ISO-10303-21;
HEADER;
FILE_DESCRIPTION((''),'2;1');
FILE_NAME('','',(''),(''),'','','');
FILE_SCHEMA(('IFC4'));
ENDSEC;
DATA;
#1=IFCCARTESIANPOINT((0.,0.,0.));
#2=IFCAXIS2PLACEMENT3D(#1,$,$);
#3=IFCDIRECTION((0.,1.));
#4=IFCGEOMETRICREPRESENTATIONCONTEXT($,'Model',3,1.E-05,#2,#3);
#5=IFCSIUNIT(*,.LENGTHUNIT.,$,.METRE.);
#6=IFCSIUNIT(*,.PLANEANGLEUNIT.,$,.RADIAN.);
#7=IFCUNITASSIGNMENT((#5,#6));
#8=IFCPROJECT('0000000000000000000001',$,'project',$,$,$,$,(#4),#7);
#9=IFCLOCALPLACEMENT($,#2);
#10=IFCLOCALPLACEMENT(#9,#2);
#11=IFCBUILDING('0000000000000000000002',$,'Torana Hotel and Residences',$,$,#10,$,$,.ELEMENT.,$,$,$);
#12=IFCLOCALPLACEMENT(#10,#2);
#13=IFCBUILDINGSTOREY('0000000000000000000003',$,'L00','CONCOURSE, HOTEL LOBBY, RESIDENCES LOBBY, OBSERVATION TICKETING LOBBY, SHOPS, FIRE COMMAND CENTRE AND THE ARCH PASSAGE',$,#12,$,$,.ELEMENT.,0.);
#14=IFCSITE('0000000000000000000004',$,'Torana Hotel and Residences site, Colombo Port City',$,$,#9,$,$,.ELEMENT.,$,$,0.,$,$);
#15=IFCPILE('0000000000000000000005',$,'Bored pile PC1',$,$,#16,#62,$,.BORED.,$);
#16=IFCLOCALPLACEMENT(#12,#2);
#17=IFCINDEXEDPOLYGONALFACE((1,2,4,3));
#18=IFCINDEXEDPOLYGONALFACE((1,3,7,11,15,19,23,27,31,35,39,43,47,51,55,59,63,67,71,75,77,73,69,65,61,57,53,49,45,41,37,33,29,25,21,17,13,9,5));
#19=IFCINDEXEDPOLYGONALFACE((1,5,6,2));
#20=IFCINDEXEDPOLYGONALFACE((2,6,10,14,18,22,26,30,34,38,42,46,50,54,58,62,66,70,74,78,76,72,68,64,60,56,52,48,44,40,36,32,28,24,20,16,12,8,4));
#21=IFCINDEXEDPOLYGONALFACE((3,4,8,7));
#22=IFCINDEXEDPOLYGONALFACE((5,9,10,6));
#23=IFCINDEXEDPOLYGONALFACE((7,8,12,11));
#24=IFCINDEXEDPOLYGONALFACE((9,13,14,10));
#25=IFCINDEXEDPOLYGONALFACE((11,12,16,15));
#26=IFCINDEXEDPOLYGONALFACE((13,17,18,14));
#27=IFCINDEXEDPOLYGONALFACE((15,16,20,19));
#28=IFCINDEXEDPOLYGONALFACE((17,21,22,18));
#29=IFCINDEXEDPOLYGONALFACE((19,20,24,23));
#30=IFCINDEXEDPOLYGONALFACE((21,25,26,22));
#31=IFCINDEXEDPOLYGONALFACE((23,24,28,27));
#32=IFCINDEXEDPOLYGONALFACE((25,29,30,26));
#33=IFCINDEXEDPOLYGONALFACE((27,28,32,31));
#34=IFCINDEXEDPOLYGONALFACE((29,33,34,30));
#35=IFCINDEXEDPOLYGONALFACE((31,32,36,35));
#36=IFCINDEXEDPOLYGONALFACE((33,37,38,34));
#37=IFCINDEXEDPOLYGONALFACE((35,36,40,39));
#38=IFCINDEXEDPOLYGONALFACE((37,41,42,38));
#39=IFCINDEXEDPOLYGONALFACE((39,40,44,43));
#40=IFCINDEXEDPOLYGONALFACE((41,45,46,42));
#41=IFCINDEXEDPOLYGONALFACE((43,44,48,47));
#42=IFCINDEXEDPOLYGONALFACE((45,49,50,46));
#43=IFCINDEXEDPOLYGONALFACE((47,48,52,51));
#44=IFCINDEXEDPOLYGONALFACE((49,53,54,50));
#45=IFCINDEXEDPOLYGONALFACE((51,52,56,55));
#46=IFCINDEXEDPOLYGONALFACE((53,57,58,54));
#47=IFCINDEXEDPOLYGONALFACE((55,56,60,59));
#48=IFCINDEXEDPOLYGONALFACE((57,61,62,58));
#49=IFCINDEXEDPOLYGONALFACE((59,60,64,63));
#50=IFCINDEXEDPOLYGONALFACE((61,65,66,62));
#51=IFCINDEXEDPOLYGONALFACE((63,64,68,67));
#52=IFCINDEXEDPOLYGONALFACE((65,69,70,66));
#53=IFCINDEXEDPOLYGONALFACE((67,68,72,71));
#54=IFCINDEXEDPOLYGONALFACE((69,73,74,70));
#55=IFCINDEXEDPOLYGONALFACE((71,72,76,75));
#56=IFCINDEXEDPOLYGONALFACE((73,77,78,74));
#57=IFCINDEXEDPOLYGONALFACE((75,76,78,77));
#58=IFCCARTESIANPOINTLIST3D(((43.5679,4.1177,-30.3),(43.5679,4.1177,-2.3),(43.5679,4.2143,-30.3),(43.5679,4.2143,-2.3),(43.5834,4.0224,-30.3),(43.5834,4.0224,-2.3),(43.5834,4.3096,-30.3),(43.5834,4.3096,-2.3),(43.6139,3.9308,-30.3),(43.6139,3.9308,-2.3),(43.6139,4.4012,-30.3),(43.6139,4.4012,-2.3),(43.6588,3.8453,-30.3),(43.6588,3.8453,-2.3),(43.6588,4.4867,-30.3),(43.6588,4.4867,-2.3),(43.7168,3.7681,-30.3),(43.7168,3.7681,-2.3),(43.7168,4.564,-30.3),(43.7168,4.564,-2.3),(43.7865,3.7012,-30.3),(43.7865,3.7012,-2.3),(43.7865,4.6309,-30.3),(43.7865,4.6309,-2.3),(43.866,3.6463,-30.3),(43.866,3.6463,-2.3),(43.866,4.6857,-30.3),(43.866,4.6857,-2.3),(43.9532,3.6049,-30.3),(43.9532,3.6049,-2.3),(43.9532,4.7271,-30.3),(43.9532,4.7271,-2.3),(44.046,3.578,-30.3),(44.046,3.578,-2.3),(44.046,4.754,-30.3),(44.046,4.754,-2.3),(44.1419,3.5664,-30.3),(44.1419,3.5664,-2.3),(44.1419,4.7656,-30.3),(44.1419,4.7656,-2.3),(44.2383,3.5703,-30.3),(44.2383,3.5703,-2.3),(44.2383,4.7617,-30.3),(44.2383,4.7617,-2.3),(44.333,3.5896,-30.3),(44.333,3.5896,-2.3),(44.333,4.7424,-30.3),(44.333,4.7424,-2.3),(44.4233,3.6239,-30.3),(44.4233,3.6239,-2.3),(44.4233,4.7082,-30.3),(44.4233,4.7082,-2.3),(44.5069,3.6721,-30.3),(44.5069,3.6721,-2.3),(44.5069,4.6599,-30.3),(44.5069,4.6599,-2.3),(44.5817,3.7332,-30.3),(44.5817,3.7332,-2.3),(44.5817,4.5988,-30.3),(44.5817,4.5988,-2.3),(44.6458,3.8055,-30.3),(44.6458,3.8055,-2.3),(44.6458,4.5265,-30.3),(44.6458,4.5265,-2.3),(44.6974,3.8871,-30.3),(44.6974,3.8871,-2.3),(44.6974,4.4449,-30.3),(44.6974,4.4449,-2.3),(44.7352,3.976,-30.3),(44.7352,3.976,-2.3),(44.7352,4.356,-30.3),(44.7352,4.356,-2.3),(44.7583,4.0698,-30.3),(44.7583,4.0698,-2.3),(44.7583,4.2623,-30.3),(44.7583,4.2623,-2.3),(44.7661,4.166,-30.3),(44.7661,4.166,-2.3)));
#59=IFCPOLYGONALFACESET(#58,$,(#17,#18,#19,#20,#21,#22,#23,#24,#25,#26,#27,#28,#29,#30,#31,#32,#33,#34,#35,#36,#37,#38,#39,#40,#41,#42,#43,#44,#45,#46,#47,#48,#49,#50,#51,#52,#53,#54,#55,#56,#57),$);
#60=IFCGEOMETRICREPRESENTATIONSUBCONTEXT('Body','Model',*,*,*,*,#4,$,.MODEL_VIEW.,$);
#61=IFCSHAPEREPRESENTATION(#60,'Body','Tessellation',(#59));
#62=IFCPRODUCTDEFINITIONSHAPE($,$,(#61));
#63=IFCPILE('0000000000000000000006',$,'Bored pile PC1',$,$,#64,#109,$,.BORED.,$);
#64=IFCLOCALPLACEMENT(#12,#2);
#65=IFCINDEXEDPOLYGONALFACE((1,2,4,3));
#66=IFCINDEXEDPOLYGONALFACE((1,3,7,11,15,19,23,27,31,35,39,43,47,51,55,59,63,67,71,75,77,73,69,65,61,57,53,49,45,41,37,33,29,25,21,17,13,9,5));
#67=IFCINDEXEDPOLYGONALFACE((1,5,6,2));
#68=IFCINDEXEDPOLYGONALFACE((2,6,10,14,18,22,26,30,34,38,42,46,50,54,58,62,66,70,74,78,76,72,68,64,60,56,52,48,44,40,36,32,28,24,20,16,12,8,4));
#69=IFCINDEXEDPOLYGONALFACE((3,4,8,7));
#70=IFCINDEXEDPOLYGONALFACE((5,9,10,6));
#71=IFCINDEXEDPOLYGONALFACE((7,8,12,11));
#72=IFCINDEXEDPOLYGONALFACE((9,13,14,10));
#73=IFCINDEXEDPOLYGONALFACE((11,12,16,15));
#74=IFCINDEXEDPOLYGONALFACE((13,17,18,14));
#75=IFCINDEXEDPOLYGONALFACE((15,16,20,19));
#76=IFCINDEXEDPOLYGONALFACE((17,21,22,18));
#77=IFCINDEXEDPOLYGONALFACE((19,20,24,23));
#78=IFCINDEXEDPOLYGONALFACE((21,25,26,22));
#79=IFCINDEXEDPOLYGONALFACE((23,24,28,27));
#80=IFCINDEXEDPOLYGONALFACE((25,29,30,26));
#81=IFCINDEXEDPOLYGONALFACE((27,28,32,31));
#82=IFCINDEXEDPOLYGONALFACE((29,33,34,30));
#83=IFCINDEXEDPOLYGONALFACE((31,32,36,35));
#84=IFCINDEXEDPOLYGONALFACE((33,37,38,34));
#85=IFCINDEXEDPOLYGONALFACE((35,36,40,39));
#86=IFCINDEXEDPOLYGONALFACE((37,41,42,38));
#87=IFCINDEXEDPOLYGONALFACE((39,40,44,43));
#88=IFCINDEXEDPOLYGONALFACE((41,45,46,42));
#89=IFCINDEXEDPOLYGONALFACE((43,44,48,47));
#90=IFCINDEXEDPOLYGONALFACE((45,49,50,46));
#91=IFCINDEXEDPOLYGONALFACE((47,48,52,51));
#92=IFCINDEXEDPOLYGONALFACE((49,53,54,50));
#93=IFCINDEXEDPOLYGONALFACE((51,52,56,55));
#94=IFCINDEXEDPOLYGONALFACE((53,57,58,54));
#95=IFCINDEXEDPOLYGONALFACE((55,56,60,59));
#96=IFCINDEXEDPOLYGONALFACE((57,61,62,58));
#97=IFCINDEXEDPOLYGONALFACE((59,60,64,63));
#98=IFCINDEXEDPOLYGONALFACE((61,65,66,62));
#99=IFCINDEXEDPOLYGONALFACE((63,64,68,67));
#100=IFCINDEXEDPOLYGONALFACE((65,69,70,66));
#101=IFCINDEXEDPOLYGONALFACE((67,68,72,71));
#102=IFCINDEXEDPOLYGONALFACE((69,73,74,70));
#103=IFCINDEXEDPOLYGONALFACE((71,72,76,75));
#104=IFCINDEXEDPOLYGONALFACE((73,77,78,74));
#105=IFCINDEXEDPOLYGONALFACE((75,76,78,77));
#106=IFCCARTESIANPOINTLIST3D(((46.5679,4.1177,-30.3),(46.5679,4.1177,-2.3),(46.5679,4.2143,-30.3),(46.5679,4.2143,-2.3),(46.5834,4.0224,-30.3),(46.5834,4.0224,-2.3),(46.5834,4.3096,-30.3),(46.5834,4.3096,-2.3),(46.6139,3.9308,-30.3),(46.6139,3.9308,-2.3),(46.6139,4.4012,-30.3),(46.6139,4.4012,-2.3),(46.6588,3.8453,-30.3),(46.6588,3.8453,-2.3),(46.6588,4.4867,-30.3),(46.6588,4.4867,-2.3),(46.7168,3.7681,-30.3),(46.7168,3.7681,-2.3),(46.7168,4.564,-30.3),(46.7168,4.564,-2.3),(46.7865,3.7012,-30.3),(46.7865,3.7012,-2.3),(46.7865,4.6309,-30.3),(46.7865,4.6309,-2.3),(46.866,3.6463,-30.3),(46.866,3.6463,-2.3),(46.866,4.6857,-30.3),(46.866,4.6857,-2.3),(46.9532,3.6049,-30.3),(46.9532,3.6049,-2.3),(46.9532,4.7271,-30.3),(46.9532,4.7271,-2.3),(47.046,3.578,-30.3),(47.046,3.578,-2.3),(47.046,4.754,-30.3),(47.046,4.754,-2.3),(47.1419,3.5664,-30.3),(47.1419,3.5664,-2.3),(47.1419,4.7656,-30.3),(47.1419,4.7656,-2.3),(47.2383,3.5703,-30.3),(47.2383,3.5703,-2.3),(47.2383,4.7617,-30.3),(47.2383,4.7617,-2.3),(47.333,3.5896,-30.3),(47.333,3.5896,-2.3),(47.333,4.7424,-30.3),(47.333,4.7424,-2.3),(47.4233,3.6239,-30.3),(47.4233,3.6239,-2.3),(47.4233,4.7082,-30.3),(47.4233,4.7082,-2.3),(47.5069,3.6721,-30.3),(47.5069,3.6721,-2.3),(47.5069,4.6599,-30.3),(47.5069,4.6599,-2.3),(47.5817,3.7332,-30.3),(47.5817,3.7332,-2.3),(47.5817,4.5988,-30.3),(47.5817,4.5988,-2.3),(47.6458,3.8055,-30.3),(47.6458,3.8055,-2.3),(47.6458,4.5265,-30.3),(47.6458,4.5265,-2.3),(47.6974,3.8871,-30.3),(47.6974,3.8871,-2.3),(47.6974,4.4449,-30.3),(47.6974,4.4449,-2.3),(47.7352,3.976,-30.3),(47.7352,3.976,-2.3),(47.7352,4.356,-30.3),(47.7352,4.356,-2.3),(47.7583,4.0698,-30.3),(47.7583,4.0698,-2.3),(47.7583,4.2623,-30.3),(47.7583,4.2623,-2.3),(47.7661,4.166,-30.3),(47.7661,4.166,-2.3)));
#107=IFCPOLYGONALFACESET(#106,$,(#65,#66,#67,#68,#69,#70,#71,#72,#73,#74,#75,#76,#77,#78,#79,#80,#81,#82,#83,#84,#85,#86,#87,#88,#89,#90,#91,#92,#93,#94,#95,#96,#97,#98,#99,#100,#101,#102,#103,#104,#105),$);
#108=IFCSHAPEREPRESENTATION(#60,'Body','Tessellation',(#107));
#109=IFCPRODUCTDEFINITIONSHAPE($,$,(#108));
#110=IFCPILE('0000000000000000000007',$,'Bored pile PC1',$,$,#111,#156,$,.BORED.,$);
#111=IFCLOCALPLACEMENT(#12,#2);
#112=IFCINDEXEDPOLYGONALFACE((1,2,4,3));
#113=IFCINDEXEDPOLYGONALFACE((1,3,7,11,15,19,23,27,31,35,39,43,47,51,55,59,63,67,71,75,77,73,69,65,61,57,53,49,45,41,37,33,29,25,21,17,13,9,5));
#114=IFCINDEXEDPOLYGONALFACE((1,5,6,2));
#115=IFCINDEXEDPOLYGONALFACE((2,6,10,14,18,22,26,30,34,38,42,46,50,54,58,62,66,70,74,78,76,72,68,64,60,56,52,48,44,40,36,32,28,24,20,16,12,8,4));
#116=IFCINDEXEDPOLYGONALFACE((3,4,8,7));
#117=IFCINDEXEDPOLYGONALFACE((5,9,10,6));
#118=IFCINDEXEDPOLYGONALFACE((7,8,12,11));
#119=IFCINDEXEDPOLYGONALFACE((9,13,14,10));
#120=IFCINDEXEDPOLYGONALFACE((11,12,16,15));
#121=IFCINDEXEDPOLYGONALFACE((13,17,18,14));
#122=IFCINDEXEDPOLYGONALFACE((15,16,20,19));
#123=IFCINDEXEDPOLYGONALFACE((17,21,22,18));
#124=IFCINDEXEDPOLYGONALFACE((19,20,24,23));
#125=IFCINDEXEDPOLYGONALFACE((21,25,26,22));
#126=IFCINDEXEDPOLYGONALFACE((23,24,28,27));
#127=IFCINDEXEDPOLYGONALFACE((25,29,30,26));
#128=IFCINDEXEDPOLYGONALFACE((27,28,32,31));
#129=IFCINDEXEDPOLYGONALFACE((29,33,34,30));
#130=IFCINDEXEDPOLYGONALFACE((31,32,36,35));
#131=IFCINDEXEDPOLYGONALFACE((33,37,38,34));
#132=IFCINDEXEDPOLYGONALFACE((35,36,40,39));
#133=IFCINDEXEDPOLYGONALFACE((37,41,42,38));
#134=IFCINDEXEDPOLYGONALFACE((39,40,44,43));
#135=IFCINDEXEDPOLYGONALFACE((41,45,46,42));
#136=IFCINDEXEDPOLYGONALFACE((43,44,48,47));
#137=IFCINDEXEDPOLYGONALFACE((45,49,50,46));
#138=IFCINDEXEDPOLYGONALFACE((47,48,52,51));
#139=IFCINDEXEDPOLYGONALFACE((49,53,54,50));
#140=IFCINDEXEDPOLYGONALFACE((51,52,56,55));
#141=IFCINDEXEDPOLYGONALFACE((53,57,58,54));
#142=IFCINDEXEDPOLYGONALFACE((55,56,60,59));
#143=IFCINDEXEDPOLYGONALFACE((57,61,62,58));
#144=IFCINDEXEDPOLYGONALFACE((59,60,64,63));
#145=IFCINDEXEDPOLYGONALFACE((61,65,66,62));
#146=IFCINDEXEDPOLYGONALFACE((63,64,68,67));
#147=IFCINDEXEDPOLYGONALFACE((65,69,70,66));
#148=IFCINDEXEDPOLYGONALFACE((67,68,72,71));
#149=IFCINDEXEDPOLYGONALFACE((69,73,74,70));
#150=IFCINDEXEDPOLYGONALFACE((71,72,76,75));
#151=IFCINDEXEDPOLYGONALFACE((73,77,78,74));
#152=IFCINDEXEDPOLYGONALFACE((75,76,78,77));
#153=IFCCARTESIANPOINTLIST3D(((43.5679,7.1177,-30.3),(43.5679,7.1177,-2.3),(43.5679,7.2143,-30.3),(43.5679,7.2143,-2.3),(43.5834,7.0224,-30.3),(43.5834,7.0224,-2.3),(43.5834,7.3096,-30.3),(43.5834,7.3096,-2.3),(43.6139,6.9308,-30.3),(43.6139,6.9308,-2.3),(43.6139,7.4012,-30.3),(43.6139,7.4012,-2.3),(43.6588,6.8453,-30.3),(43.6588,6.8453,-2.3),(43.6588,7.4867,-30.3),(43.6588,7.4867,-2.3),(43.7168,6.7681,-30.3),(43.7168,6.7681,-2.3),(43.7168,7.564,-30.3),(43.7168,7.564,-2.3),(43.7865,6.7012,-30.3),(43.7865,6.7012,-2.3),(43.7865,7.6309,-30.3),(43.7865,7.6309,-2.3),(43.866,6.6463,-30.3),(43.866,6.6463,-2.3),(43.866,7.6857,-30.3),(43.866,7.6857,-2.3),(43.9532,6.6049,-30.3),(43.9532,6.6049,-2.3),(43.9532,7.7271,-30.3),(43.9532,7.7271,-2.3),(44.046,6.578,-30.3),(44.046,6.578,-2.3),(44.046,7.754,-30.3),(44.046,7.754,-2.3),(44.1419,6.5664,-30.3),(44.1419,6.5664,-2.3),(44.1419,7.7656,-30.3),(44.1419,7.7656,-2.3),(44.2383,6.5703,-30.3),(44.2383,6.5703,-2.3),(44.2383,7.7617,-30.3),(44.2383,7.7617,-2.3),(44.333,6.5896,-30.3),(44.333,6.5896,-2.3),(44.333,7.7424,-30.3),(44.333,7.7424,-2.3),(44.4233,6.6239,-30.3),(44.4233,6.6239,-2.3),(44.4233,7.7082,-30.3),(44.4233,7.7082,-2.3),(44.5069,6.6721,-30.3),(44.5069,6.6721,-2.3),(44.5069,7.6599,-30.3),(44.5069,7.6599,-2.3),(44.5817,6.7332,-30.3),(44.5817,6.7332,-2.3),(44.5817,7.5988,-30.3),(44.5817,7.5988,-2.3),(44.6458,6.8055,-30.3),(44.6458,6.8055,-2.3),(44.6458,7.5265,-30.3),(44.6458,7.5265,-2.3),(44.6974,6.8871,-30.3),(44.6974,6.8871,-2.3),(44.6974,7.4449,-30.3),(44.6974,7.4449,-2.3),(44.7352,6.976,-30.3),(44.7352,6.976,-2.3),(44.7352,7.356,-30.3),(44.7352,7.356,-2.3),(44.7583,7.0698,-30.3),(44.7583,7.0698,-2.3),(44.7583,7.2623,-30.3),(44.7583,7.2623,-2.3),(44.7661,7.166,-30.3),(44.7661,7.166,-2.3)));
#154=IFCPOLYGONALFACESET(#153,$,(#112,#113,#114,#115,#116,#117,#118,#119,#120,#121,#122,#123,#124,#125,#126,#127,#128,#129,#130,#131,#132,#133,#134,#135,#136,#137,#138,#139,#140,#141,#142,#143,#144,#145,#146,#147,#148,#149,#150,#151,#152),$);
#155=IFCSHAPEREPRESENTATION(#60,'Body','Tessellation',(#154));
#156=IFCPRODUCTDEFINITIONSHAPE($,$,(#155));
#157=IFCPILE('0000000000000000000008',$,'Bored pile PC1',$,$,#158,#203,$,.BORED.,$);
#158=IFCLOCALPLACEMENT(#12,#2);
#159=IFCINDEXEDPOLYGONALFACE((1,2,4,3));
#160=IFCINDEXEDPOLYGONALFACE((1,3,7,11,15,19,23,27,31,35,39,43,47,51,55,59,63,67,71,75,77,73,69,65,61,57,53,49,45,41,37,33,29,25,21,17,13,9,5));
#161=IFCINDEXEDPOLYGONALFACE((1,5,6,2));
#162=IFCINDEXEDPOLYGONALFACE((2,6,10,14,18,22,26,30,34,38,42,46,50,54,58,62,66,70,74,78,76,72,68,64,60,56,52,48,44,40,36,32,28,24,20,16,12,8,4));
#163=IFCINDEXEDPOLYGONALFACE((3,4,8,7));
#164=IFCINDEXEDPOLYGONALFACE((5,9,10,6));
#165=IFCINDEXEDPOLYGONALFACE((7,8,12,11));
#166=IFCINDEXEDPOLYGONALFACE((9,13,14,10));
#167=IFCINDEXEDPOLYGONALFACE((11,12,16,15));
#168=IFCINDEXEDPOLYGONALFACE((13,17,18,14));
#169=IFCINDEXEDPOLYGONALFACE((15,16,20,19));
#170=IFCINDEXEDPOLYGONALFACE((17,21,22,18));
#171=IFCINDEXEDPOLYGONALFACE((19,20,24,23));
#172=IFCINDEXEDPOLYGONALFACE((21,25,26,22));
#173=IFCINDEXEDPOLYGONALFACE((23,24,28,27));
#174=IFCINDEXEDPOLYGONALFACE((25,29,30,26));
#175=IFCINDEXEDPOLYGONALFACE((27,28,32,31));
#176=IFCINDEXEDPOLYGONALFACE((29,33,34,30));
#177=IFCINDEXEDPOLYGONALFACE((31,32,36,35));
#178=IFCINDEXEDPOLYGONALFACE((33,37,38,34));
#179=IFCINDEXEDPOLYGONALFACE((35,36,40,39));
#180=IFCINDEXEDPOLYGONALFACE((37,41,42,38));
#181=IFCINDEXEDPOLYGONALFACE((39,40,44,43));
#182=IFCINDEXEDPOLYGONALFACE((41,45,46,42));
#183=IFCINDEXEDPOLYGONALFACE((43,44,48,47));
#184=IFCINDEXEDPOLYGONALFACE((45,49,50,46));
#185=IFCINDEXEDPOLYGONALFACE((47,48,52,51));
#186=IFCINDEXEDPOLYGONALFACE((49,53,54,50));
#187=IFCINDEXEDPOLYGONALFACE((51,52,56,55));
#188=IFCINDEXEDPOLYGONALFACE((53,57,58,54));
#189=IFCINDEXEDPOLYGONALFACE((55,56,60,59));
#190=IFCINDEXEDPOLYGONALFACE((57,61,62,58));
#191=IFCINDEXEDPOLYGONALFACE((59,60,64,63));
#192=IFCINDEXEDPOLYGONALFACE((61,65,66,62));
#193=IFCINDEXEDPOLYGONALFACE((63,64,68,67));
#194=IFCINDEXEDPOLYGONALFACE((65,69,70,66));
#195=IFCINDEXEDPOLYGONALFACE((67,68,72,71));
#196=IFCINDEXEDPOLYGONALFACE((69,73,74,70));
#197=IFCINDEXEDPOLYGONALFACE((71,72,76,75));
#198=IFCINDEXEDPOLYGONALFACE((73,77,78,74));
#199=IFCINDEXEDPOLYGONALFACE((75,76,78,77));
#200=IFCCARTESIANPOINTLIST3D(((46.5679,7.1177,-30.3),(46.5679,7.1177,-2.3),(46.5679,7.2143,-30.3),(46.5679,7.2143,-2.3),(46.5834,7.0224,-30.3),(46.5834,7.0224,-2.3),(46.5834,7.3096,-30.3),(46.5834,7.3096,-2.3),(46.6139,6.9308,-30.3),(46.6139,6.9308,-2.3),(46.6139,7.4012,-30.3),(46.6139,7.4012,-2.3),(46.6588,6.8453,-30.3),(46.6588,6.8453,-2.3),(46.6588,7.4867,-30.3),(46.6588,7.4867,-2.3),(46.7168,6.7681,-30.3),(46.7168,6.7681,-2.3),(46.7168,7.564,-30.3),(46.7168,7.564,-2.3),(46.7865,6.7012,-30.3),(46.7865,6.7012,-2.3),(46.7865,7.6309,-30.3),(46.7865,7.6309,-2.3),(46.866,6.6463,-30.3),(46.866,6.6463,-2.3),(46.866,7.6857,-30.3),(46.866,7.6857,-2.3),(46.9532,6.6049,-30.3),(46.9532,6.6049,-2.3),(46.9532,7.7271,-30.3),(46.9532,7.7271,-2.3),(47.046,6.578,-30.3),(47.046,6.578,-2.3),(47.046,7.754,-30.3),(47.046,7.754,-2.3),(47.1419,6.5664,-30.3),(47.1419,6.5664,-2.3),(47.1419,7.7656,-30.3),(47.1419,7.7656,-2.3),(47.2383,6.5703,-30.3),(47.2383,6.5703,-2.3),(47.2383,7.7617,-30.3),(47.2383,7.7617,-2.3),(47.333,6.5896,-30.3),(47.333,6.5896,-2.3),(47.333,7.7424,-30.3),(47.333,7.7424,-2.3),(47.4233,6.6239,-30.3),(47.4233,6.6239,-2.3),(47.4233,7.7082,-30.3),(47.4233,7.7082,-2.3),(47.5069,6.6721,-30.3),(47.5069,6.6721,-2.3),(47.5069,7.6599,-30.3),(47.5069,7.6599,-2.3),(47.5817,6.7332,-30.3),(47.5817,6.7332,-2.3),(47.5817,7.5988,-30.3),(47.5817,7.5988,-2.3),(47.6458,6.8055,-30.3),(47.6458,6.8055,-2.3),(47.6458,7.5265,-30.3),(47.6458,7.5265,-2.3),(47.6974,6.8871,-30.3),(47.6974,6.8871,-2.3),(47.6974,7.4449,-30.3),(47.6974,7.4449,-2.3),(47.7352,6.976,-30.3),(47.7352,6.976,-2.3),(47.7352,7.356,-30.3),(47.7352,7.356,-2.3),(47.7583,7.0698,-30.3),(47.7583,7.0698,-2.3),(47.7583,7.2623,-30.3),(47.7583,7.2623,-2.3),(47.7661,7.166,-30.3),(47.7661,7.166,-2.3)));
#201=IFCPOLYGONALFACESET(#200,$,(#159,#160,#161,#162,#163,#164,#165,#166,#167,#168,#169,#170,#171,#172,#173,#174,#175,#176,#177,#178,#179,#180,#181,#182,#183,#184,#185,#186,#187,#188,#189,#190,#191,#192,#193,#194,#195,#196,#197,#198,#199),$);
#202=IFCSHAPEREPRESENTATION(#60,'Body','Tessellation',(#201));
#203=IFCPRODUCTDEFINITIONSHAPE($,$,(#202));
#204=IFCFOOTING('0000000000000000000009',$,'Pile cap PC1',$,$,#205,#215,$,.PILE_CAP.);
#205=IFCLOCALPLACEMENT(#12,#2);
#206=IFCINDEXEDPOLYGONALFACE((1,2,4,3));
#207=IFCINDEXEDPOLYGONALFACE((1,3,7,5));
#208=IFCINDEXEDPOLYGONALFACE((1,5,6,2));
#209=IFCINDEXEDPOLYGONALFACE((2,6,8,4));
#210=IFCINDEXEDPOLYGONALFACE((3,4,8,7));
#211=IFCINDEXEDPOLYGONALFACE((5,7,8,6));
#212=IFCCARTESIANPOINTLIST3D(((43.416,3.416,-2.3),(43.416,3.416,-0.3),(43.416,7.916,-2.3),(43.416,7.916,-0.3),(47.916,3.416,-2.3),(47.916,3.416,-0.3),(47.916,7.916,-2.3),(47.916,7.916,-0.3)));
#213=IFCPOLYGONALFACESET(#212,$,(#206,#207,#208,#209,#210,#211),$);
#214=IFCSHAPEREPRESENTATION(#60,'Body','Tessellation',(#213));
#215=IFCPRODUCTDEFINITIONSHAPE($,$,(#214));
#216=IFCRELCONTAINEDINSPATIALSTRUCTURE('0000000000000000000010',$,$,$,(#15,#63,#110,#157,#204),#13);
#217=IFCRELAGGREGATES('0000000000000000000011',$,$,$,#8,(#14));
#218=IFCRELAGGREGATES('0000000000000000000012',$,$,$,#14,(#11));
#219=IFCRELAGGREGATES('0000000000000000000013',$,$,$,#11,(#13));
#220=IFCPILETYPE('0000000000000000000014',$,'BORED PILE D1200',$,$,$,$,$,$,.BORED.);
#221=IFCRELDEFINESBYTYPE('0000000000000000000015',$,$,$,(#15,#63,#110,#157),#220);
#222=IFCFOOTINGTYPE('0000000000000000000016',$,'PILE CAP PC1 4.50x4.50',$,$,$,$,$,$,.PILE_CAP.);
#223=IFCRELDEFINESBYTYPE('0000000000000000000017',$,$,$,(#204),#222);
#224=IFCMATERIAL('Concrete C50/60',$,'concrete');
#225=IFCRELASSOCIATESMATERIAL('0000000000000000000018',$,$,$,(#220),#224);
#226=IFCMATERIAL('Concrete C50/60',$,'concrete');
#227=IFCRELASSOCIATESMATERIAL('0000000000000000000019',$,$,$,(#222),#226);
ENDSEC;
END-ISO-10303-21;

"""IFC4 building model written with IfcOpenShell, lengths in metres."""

from ifc_helpers import new_model, si_unit, direction, frame, origin, origin_2d, place, context, subcontext, project, spatial, rectangle, circle, extrude, material, type_object, element, save


model = new_model("IFC4")

# Units and contexts
model_context = context("Model", 3, precision=1e-05, world=origin(), true_north=direction((0.0, 1.0)))
body_context = subcontext(model_context, "Body", "Model", "MODEL_VIEW")
ifc_project = project(units=[si_unit("LENGTHUNIT", "METRE"), si_unit("PLANEANGLEUNIT", "RADIAN")], contexts=[model_context])

# Site, building, storey
site_placement = place(None, origin())
site = spatial("IfcSite", under=ifc_project, at=site_placement, Name="Torana Hotel and Residences site, Colombo Port City", CompositionType="ELEMENT", RefElevation=0.0)
building_placement = place(site_placement, origin())
building = spatial("IfcBuilding", under=site, at=building_placement, Name="Torana Hotel and Residences", CompositionType="ELEMENT")
storey_placement = place(building_placement, origin())
storey = spatial("IfcBuildingStorey", under=building, at=storey_placement, Name="L00", Description="CONCOURSE, HOTEL LOBBY, RESIDENCES LOBBY, OBSERVATION TICKETING LOBBY, SHOPS, FIRE COMMAND CENTRE AND THE ARCH PASSAGE", CompositionType="ELEMENT", Elevation=0.0)

# Piles
ifc_material_1 = material(Name="Concrete C50/60", Category="concrete")
pile_type = type_object("IfcPileType", Name="BORED PILE D1200", PredefinedType="BORED", material=ifc_material_1)
for number, where, z_axis, x_axis, name in (
    (1, (44.166, 4.166, -2.3), (0.0, 0.0, -1.0), (1.0, 0.0, 0.0), "Bored pile PC1"),
    (2, (47.166, 4.166, -2.3), (0.0, 0.0, -1.0), (1.0, 0.0, 0.0), "Bored pile PC1"),
    (3, (44.166, 7.166, -2.3), (0.0, 0.0, -1.0), (1.0, 0.0, 0.0), "Bored pile PC1"),
    (4, (47.166, 7.166, -2.3), (0.0, 0.0, -1.0), (1.0, 0.0, 0.0), "Bored pile PC1"),
):
    element("IfcPile", number, at=place(storey_placement, frame(where, z_axis=z_axis, x_axis=x_axis)), inside=storey, type_object=pile_type, Name=name, PredefinedType="BORED", context=body_context, shape_type="SweptSolid", body=[
        extrude(circle(Radius=0.6001, at=origin_2d()), origin(), (0.0, 0.0, 1.0), 28.0),
    ])

# Footing
ifc_material_2 = material(Name="Concrete C50/60", Category="concrete")
footing_type = type_object("IfcFootingType", Name="PILE CAP PC1 4.50x4.50", PredefinedType="PILE_CAP", material=ifc_material_2)
footing_placement = place(storey_placement, frame((45.666, 5.666, -2.3), z_axis=(0.0, 0.0, 1.0), x_axis=(1.0, 0.0, 0.0)))
element("IfcFooting", 5, at=footing_placement, inside=storey, type_object=footing_type, Name="Pile cap PC1", PredefinedType="PILE_CAP", context=body_context, shape_type="SweptSolid", body=[
    extrude(rectangle(XDim=4.5, YDim=4.5, at=origin_2d()), origin(), (0.0, 0.0, 1.0), 2.0),
])

save(model, "model.ifc")
